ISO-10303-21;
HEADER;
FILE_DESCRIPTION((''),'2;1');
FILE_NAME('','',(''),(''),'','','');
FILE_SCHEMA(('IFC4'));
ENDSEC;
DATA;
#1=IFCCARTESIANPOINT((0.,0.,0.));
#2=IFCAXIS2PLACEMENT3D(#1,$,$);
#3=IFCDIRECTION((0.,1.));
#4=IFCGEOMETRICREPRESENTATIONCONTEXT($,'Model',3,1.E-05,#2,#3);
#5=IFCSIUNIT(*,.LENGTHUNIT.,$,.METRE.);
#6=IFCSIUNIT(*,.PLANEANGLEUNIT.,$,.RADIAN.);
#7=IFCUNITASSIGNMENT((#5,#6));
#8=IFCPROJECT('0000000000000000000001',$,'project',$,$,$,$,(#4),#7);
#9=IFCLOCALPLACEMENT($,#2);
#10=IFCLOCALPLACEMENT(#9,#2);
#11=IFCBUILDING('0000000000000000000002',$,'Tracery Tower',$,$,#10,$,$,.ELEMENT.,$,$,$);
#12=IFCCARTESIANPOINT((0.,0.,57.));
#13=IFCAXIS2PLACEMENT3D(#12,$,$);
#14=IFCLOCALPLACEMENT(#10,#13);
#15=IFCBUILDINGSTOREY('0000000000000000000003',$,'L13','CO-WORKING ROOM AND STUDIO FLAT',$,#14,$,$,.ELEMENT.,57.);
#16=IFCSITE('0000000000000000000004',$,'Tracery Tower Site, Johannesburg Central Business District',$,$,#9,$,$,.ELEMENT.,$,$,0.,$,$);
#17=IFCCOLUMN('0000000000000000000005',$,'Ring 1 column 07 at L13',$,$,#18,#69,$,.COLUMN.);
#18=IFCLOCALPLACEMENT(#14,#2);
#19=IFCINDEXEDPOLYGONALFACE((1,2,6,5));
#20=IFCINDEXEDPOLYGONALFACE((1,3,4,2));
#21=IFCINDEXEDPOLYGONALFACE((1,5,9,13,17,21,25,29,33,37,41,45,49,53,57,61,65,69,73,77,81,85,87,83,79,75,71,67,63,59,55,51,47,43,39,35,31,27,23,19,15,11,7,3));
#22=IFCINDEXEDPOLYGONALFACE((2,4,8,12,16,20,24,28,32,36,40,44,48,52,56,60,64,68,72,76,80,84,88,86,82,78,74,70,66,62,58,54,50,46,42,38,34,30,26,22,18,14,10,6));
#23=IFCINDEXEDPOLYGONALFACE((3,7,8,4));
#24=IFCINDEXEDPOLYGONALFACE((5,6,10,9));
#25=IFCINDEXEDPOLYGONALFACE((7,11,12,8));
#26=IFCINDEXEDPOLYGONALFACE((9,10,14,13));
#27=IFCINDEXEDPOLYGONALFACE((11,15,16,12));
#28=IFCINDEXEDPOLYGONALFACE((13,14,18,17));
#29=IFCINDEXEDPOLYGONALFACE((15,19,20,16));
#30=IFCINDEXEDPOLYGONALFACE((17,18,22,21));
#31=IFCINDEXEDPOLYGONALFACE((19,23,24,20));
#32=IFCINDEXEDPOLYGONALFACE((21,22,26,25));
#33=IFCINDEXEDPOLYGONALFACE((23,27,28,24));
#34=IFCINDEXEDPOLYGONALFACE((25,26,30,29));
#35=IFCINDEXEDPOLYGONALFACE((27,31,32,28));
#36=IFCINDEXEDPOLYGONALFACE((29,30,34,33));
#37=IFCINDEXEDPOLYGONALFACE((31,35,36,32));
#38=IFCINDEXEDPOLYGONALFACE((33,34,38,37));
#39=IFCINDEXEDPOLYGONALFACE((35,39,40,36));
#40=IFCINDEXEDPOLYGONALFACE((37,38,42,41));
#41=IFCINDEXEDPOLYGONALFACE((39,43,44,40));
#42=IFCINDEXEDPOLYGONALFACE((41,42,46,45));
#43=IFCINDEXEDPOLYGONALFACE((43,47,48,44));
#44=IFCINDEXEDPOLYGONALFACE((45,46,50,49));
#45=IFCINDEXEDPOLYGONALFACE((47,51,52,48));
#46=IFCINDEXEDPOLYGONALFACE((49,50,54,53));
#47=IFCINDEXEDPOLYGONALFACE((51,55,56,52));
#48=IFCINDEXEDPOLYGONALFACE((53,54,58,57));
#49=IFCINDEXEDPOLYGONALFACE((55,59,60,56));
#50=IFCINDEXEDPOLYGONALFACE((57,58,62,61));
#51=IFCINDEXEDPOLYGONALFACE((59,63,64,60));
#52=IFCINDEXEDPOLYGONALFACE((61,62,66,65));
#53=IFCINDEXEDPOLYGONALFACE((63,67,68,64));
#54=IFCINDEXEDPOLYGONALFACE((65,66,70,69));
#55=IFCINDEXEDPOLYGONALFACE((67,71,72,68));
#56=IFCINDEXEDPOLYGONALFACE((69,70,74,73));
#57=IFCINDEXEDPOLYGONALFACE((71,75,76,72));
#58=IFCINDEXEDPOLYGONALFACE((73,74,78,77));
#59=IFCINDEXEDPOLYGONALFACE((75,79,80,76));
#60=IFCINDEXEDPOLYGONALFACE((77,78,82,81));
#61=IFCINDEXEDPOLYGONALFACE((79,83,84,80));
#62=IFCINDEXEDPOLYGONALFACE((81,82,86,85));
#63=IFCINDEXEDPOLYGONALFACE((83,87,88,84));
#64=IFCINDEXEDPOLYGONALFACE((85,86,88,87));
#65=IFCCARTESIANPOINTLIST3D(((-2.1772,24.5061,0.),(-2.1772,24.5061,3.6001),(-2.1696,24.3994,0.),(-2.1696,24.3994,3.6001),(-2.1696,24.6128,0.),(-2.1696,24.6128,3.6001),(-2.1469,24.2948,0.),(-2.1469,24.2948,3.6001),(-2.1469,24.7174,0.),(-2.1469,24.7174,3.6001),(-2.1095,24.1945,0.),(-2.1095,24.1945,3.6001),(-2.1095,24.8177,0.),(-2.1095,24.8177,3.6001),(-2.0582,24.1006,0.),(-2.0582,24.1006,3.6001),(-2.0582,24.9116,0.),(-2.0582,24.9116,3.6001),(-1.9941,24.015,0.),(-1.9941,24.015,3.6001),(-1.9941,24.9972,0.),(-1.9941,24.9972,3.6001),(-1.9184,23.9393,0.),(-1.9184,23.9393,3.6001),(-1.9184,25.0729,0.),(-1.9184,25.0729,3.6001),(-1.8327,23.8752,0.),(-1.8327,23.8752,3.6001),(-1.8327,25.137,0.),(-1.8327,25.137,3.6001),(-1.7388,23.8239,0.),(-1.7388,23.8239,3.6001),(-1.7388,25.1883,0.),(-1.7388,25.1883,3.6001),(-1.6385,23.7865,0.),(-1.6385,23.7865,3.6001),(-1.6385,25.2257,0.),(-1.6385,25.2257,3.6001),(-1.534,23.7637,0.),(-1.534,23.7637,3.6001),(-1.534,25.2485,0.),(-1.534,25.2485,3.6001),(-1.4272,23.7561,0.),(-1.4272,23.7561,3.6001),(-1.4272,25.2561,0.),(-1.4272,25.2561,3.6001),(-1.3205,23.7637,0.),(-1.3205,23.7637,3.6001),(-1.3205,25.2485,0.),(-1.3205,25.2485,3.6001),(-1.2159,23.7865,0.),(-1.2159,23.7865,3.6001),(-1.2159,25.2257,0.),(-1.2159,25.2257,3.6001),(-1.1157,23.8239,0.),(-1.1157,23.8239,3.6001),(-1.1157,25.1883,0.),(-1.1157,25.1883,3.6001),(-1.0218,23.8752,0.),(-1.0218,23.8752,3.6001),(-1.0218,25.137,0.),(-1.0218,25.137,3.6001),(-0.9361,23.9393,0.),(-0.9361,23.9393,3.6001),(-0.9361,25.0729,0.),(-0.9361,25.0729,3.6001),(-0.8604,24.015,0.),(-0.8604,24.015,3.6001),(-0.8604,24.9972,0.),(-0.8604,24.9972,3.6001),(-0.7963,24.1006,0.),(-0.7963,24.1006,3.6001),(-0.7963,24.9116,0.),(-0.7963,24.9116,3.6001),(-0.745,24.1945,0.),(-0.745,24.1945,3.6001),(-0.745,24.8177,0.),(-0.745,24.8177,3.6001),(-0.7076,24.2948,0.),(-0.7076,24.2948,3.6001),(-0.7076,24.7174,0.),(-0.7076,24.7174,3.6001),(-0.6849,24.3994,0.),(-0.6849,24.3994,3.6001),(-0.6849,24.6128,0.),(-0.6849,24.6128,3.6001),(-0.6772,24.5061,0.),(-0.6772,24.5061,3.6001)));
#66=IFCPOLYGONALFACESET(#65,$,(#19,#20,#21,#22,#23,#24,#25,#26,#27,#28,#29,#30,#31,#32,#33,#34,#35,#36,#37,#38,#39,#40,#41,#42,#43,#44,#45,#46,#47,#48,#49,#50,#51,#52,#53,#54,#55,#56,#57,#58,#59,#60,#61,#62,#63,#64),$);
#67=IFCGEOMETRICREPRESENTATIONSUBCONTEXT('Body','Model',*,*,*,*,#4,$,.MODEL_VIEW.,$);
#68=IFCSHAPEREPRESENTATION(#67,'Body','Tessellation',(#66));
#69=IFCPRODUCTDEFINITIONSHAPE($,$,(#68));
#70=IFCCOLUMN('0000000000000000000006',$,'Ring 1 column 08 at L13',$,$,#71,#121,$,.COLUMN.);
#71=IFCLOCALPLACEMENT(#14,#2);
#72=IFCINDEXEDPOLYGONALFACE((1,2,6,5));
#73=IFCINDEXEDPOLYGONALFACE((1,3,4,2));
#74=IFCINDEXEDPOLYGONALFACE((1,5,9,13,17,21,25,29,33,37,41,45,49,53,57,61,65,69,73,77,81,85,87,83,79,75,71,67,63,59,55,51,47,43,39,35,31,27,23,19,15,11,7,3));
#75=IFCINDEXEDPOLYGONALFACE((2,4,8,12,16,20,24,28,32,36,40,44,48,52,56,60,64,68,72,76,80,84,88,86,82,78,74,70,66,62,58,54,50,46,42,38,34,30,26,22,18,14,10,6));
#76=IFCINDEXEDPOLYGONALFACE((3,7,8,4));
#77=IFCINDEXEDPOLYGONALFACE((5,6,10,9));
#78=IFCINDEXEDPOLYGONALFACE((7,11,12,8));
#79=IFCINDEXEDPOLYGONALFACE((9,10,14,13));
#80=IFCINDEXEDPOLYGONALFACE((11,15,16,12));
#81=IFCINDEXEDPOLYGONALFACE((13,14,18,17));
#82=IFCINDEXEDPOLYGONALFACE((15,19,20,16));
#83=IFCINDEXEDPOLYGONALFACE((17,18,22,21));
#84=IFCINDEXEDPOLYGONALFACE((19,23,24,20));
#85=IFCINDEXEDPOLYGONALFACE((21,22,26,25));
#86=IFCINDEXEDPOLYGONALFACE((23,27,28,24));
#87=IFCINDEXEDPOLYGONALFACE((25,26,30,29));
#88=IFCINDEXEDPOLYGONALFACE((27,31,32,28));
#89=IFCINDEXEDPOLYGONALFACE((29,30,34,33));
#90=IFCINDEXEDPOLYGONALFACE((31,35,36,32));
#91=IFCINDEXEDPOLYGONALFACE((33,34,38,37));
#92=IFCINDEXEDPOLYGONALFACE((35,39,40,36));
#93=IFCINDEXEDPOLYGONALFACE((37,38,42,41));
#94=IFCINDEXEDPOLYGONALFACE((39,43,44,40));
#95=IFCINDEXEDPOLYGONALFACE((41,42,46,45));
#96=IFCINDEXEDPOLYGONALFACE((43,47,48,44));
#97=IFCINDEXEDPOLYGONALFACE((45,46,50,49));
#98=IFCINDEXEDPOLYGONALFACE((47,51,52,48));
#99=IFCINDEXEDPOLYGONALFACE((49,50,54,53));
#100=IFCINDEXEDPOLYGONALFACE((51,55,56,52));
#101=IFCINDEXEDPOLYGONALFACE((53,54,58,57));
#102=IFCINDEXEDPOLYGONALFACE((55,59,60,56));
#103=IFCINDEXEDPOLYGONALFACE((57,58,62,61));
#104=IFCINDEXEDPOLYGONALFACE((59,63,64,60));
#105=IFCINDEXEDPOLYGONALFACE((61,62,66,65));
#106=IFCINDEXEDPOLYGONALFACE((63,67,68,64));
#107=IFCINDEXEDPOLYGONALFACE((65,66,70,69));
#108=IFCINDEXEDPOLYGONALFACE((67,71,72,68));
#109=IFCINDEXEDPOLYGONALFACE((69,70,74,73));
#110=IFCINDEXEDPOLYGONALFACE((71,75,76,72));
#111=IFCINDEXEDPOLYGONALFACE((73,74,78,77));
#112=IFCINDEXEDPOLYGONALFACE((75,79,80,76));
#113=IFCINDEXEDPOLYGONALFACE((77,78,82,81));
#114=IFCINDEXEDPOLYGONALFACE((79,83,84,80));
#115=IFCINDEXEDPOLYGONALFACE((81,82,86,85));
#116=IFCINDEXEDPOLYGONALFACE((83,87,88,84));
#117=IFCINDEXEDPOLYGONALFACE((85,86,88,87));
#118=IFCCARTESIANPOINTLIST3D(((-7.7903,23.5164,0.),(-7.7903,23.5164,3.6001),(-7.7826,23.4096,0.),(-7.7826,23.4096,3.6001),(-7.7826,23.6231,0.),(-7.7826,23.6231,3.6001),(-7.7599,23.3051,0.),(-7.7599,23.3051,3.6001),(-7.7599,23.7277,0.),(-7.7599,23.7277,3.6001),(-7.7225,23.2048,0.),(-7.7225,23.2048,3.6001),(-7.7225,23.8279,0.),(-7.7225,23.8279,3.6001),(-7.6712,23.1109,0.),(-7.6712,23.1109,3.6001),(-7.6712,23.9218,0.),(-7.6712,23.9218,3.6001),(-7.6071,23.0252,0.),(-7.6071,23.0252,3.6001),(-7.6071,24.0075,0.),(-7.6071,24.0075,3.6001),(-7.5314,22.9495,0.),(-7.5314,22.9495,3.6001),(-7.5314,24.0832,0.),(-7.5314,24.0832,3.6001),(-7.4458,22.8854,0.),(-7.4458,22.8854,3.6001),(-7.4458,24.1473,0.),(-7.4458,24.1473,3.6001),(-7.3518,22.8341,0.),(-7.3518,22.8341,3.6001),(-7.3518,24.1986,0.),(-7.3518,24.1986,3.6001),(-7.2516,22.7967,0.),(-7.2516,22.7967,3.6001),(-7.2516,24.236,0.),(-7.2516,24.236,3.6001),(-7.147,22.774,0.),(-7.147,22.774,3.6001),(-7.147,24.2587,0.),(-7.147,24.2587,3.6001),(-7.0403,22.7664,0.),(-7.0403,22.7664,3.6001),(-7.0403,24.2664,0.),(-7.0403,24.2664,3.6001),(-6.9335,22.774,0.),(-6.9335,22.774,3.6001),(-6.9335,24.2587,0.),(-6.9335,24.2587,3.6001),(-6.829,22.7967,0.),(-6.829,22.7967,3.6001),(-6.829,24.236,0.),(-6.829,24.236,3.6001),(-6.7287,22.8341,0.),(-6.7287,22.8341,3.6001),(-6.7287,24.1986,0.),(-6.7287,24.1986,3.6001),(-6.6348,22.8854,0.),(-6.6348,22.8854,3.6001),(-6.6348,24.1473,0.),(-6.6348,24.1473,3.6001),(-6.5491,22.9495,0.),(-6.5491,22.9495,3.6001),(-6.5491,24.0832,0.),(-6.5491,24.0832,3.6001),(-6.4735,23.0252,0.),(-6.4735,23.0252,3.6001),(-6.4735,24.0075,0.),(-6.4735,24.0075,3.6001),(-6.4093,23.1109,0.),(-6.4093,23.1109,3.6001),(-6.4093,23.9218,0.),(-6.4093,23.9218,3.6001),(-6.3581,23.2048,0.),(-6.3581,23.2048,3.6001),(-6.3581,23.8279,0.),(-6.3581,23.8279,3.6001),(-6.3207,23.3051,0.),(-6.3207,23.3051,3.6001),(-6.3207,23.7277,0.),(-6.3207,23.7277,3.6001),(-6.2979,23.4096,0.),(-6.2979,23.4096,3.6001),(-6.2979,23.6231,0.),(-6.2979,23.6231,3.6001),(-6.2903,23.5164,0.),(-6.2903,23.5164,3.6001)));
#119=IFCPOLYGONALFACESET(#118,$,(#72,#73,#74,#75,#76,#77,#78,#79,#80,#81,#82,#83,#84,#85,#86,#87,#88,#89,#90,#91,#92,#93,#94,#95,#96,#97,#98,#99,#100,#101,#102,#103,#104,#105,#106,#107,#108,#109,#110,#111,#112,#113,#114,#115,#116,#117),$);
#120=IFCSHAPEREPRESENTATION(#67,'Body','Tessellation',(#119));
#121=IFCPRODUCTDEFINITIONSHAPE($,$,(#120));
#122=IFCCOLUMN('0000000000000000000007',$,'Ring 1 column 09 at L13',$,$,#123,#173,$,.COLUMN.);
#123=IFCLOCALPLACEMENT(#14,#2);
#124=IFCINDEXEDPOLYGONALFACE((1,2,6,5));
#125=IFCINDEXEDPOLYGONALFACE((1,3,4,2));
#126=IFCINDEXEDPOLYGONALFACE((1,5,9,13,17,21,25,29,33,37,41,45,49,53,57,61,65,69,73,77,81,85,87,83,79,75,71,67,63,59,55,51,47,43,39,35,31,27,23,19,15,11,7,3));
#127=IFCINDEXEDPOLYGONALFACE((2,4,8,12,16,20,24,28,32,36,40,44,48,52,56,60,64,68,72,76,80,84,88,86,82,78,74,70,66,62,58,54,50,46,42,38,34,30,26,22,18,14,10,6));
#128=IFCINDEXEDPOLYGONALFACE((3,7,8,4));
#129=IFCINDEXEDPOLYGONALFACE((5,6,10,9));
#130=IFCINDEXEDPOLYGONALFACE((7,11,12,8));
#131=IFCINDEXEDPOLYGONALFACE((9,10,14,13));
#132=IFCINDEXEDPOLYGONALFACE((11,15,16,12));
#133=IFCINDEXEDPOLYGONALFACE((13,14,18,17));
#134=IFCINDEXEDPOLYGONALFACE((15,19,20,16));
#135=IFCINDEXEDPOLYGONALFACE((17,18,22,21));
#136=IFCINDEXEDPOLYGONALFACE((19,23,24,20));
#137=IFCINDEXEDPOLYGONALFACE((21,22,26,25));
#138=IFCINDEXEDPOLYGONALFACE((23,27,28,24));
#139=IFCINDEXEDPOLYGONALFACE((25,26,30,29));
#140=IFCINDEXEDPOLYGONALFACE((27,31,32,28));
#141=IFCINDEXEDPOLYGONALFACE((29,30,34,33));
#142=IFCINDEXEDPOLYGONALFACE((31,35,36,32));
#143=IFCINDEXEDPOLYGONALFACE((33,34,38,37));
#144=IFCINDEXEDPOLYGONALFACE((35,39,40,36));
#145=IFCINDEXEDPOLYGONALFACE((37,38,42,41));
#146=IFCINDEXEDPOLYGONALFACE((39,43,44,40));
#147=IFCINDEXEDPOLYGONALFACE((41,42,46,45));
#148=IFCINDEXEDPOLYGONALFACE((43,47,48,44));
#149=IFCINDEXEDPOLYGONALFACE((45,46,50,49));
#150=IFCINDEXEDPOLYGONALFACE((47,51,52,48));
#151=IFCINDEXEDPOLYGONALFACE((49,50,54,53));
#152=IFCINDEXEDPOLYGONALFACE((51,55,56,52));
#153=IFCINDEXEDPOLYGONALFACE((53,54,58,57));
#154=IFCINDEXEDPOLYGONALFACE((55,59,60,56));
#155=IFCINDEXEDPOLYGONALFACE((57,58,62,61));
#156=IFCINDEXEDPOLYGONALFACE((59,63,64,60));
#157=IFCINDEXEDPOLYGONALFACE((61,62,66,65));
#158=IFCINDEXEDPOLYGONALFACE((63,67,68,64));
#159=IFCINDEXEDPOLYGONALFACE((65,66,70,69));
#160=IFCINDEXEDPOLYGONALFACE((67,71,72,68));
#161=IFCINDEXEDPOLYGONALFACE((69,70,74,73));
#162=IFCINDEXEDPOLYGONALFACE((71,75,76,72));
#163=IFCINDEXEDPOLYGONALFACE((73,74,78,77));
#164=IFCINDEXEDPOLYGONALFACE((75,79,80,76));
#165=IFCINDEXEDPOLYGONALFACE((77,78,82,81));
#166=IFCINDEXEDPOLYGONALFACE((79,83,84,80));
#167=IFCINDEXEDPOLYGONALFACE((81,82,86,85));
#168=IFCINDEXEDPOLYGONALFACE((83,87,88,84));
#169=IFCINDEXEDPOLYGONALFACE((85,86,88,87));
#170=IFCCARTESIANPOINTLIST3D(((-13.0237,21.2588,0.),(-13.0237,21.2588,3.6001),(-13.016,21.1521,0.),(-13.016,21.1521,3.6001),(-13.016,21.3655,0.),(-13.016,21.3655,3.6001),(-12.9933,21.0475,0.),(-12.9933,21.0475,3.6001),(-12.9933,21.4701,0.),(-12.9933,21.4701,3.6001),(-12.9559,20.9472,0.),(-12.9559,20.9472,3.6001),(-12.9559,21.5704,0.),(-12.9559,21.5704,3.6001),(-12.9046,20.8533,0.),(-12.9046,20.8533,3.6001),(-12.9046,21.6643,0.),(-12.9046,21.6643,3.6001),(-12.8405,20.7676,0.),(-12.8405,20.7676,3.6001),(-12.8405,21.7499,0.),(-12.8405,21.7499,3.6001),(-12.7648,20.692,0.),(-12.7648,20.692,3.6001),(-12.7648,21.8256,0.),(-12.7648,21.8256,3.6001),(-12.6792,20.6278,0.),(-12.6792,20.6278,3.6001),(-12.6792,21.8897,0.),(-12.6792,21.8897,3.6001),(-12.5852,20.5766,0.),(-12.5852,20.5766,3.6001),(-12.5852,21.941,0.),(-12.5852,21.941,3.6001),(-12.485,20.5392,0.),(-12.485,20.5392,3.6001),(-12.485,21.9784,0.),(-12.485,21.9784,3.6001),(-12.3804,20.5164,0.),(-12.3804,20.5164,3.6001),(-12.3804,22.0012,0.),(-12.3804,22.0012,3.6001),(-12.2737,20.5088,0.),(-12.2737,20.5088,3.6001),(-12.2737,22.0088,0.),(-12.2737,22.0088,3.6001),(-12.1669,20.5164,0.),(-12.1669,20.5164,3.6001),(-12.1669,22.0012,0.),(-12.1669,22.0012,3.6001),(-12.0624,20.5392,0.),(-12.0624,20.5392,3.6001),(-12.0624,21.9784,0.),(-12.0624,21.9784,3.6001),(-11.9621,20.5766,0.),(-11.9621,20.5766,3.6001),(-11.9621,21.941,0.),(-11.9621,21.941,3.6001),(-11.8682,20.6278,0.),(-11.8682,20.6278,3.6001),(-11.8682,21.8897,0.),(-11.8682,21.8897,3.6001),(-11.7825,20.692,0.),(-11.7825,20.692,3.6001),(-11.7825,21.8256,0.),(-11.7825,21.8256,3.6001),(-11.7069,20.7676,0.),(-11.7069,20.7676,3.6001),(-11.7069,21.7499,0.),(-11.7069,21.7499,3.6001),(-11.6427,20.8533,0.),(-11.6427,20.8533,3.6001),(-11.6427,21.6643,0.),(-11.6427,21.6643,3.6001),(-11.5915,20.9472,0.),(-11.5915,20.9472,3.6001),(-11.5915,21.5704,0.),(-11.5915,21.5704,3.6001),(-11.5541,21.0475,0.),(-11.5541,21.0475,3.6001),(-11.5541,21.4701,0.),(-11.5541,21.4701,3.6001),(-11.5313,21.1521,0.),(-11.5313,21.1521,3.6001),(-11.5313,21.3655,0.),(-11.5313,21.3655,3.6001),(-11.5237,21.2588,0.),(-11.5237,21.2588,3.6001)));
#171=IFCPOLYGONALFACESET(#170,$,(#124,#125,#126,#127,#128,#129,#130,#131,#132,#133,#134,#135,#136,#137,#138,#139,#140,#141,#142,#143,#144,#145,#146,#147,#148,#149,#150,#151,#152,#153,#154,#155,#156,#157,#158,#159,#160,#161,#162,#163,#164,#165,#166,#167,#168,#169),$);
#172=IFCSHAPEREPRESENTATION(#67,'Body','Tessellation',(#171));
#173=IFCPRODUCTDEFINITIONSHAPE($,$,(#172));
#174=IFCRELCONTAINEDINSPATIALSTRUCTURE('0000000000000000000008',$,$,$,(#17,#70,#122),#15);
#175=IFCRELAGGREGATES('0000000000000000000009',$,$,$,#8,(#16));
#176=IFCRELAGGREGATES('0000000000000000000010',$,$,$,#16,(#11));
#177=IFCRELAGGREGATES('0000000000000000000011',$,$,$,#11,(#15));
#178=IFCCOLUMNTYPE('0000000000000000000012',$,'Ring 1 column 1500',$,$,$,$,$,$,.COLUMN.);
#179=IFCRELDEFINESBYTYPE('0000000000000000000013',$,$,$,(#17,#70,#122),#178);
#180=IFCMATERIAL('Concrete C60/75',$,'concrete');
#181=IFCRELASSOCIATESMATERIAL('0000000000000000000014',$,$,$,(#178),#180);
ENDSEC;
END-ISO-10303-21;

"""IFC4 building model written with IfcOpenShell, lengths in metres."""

from ifc_helpers import new_model, si_unit, direction, frame, origin, origin_2d, place, context, subcontext, project, spatial, circle, extrude, material, material_profile, profile_set, type_object, element, save


model = new_model("IFC4")

# Units and contexts
model_context = context("Model", 3, precision=1e-05, world=origin(), true_north=direction((0.0, 1.0)))
body_context = subcontext(model_context, "Body", "Model", "MODEL_VIEW")
ifc_project = project(units=[si_unit("LENGTHUNIT", "METRE"), si_unit("PLANEANGLEUNIT", "RADIAN")], contexts=[model_context])

# Site, building, storey
site_placement = place(None, origin())
site = spatial("IfcSite", under=ifc_project, at=site_placement, Name="Tracery Tower Site, Johannesburg Central Business District", CompositionType="ELEMENT", RefElevation=0.0)
building_placement = place(site_placement, origin())
building = spatial("IfcBuilding", under=site, at=building_placement, Name="Tracery Tower", CompositionType="ELEMENT")
storey_placement = place(building_placement, frame((0.0, 0.0, 57.0)))
storey = spatial("IfcBuildingStorey", under=building, at=storey_placement, Name="L13", Description="CO-WORKING ROOM AND STUDIO FLAT", CompositionType="ELEMENT", Elevation=57.0)

# Columns
ifc_material_1 = material(Name="Concrete C60/75", Category="concrete")
ifc_material_profile_1 = material_profile(ifc_material_1, circle(Radius=0.75, at=origin_2d()), Name="RC D1500")
ifc_profile_set_1 = profile_set([ifc_material_profile_1], Name="Concrete C60/75")
column_type_1 = type_object("IfcColumnType", Name="Ring 1 column 1500", PredefinedType="COLUMN", material=ifc_profile_set_1)
for number, where, z_axis, x_axis, name in (
    (1, (-1.4272, 24.5061, 0.0), (0.0, 0.0, 1.0), (1.0, 0.0, 0.0), "Ring 1 column 07 at L13"),
    (2, (-7.0403, 23.5164, 0.0), (0.0, 0.0, 1.0), (1.0, 0.0, 0.0), "Ring 1 column 08 at L13"),
    (3, (-12.2737, 21.2588, 0.0), (0.0, 0.0, 1.0), (1.0, 0.0, 0.0), "Ring 1 column 09 at L13"),
):
    element("IfcColumn", number, at=place(storey_placement, frame(where, z_axis=z_axis, x_axis=x_axis)), inside=storey, type_object=column_type_1, Name=name, PredefinedType="COLUMN", context=body_context, shape_type="SweptSolid", body=[
        extrude(circle(Radius=0.75, at=origin_2d()), origin(), (0.0, 0.0, 1.0), 3.6001),
    ])

save(model, "model.ifc")
